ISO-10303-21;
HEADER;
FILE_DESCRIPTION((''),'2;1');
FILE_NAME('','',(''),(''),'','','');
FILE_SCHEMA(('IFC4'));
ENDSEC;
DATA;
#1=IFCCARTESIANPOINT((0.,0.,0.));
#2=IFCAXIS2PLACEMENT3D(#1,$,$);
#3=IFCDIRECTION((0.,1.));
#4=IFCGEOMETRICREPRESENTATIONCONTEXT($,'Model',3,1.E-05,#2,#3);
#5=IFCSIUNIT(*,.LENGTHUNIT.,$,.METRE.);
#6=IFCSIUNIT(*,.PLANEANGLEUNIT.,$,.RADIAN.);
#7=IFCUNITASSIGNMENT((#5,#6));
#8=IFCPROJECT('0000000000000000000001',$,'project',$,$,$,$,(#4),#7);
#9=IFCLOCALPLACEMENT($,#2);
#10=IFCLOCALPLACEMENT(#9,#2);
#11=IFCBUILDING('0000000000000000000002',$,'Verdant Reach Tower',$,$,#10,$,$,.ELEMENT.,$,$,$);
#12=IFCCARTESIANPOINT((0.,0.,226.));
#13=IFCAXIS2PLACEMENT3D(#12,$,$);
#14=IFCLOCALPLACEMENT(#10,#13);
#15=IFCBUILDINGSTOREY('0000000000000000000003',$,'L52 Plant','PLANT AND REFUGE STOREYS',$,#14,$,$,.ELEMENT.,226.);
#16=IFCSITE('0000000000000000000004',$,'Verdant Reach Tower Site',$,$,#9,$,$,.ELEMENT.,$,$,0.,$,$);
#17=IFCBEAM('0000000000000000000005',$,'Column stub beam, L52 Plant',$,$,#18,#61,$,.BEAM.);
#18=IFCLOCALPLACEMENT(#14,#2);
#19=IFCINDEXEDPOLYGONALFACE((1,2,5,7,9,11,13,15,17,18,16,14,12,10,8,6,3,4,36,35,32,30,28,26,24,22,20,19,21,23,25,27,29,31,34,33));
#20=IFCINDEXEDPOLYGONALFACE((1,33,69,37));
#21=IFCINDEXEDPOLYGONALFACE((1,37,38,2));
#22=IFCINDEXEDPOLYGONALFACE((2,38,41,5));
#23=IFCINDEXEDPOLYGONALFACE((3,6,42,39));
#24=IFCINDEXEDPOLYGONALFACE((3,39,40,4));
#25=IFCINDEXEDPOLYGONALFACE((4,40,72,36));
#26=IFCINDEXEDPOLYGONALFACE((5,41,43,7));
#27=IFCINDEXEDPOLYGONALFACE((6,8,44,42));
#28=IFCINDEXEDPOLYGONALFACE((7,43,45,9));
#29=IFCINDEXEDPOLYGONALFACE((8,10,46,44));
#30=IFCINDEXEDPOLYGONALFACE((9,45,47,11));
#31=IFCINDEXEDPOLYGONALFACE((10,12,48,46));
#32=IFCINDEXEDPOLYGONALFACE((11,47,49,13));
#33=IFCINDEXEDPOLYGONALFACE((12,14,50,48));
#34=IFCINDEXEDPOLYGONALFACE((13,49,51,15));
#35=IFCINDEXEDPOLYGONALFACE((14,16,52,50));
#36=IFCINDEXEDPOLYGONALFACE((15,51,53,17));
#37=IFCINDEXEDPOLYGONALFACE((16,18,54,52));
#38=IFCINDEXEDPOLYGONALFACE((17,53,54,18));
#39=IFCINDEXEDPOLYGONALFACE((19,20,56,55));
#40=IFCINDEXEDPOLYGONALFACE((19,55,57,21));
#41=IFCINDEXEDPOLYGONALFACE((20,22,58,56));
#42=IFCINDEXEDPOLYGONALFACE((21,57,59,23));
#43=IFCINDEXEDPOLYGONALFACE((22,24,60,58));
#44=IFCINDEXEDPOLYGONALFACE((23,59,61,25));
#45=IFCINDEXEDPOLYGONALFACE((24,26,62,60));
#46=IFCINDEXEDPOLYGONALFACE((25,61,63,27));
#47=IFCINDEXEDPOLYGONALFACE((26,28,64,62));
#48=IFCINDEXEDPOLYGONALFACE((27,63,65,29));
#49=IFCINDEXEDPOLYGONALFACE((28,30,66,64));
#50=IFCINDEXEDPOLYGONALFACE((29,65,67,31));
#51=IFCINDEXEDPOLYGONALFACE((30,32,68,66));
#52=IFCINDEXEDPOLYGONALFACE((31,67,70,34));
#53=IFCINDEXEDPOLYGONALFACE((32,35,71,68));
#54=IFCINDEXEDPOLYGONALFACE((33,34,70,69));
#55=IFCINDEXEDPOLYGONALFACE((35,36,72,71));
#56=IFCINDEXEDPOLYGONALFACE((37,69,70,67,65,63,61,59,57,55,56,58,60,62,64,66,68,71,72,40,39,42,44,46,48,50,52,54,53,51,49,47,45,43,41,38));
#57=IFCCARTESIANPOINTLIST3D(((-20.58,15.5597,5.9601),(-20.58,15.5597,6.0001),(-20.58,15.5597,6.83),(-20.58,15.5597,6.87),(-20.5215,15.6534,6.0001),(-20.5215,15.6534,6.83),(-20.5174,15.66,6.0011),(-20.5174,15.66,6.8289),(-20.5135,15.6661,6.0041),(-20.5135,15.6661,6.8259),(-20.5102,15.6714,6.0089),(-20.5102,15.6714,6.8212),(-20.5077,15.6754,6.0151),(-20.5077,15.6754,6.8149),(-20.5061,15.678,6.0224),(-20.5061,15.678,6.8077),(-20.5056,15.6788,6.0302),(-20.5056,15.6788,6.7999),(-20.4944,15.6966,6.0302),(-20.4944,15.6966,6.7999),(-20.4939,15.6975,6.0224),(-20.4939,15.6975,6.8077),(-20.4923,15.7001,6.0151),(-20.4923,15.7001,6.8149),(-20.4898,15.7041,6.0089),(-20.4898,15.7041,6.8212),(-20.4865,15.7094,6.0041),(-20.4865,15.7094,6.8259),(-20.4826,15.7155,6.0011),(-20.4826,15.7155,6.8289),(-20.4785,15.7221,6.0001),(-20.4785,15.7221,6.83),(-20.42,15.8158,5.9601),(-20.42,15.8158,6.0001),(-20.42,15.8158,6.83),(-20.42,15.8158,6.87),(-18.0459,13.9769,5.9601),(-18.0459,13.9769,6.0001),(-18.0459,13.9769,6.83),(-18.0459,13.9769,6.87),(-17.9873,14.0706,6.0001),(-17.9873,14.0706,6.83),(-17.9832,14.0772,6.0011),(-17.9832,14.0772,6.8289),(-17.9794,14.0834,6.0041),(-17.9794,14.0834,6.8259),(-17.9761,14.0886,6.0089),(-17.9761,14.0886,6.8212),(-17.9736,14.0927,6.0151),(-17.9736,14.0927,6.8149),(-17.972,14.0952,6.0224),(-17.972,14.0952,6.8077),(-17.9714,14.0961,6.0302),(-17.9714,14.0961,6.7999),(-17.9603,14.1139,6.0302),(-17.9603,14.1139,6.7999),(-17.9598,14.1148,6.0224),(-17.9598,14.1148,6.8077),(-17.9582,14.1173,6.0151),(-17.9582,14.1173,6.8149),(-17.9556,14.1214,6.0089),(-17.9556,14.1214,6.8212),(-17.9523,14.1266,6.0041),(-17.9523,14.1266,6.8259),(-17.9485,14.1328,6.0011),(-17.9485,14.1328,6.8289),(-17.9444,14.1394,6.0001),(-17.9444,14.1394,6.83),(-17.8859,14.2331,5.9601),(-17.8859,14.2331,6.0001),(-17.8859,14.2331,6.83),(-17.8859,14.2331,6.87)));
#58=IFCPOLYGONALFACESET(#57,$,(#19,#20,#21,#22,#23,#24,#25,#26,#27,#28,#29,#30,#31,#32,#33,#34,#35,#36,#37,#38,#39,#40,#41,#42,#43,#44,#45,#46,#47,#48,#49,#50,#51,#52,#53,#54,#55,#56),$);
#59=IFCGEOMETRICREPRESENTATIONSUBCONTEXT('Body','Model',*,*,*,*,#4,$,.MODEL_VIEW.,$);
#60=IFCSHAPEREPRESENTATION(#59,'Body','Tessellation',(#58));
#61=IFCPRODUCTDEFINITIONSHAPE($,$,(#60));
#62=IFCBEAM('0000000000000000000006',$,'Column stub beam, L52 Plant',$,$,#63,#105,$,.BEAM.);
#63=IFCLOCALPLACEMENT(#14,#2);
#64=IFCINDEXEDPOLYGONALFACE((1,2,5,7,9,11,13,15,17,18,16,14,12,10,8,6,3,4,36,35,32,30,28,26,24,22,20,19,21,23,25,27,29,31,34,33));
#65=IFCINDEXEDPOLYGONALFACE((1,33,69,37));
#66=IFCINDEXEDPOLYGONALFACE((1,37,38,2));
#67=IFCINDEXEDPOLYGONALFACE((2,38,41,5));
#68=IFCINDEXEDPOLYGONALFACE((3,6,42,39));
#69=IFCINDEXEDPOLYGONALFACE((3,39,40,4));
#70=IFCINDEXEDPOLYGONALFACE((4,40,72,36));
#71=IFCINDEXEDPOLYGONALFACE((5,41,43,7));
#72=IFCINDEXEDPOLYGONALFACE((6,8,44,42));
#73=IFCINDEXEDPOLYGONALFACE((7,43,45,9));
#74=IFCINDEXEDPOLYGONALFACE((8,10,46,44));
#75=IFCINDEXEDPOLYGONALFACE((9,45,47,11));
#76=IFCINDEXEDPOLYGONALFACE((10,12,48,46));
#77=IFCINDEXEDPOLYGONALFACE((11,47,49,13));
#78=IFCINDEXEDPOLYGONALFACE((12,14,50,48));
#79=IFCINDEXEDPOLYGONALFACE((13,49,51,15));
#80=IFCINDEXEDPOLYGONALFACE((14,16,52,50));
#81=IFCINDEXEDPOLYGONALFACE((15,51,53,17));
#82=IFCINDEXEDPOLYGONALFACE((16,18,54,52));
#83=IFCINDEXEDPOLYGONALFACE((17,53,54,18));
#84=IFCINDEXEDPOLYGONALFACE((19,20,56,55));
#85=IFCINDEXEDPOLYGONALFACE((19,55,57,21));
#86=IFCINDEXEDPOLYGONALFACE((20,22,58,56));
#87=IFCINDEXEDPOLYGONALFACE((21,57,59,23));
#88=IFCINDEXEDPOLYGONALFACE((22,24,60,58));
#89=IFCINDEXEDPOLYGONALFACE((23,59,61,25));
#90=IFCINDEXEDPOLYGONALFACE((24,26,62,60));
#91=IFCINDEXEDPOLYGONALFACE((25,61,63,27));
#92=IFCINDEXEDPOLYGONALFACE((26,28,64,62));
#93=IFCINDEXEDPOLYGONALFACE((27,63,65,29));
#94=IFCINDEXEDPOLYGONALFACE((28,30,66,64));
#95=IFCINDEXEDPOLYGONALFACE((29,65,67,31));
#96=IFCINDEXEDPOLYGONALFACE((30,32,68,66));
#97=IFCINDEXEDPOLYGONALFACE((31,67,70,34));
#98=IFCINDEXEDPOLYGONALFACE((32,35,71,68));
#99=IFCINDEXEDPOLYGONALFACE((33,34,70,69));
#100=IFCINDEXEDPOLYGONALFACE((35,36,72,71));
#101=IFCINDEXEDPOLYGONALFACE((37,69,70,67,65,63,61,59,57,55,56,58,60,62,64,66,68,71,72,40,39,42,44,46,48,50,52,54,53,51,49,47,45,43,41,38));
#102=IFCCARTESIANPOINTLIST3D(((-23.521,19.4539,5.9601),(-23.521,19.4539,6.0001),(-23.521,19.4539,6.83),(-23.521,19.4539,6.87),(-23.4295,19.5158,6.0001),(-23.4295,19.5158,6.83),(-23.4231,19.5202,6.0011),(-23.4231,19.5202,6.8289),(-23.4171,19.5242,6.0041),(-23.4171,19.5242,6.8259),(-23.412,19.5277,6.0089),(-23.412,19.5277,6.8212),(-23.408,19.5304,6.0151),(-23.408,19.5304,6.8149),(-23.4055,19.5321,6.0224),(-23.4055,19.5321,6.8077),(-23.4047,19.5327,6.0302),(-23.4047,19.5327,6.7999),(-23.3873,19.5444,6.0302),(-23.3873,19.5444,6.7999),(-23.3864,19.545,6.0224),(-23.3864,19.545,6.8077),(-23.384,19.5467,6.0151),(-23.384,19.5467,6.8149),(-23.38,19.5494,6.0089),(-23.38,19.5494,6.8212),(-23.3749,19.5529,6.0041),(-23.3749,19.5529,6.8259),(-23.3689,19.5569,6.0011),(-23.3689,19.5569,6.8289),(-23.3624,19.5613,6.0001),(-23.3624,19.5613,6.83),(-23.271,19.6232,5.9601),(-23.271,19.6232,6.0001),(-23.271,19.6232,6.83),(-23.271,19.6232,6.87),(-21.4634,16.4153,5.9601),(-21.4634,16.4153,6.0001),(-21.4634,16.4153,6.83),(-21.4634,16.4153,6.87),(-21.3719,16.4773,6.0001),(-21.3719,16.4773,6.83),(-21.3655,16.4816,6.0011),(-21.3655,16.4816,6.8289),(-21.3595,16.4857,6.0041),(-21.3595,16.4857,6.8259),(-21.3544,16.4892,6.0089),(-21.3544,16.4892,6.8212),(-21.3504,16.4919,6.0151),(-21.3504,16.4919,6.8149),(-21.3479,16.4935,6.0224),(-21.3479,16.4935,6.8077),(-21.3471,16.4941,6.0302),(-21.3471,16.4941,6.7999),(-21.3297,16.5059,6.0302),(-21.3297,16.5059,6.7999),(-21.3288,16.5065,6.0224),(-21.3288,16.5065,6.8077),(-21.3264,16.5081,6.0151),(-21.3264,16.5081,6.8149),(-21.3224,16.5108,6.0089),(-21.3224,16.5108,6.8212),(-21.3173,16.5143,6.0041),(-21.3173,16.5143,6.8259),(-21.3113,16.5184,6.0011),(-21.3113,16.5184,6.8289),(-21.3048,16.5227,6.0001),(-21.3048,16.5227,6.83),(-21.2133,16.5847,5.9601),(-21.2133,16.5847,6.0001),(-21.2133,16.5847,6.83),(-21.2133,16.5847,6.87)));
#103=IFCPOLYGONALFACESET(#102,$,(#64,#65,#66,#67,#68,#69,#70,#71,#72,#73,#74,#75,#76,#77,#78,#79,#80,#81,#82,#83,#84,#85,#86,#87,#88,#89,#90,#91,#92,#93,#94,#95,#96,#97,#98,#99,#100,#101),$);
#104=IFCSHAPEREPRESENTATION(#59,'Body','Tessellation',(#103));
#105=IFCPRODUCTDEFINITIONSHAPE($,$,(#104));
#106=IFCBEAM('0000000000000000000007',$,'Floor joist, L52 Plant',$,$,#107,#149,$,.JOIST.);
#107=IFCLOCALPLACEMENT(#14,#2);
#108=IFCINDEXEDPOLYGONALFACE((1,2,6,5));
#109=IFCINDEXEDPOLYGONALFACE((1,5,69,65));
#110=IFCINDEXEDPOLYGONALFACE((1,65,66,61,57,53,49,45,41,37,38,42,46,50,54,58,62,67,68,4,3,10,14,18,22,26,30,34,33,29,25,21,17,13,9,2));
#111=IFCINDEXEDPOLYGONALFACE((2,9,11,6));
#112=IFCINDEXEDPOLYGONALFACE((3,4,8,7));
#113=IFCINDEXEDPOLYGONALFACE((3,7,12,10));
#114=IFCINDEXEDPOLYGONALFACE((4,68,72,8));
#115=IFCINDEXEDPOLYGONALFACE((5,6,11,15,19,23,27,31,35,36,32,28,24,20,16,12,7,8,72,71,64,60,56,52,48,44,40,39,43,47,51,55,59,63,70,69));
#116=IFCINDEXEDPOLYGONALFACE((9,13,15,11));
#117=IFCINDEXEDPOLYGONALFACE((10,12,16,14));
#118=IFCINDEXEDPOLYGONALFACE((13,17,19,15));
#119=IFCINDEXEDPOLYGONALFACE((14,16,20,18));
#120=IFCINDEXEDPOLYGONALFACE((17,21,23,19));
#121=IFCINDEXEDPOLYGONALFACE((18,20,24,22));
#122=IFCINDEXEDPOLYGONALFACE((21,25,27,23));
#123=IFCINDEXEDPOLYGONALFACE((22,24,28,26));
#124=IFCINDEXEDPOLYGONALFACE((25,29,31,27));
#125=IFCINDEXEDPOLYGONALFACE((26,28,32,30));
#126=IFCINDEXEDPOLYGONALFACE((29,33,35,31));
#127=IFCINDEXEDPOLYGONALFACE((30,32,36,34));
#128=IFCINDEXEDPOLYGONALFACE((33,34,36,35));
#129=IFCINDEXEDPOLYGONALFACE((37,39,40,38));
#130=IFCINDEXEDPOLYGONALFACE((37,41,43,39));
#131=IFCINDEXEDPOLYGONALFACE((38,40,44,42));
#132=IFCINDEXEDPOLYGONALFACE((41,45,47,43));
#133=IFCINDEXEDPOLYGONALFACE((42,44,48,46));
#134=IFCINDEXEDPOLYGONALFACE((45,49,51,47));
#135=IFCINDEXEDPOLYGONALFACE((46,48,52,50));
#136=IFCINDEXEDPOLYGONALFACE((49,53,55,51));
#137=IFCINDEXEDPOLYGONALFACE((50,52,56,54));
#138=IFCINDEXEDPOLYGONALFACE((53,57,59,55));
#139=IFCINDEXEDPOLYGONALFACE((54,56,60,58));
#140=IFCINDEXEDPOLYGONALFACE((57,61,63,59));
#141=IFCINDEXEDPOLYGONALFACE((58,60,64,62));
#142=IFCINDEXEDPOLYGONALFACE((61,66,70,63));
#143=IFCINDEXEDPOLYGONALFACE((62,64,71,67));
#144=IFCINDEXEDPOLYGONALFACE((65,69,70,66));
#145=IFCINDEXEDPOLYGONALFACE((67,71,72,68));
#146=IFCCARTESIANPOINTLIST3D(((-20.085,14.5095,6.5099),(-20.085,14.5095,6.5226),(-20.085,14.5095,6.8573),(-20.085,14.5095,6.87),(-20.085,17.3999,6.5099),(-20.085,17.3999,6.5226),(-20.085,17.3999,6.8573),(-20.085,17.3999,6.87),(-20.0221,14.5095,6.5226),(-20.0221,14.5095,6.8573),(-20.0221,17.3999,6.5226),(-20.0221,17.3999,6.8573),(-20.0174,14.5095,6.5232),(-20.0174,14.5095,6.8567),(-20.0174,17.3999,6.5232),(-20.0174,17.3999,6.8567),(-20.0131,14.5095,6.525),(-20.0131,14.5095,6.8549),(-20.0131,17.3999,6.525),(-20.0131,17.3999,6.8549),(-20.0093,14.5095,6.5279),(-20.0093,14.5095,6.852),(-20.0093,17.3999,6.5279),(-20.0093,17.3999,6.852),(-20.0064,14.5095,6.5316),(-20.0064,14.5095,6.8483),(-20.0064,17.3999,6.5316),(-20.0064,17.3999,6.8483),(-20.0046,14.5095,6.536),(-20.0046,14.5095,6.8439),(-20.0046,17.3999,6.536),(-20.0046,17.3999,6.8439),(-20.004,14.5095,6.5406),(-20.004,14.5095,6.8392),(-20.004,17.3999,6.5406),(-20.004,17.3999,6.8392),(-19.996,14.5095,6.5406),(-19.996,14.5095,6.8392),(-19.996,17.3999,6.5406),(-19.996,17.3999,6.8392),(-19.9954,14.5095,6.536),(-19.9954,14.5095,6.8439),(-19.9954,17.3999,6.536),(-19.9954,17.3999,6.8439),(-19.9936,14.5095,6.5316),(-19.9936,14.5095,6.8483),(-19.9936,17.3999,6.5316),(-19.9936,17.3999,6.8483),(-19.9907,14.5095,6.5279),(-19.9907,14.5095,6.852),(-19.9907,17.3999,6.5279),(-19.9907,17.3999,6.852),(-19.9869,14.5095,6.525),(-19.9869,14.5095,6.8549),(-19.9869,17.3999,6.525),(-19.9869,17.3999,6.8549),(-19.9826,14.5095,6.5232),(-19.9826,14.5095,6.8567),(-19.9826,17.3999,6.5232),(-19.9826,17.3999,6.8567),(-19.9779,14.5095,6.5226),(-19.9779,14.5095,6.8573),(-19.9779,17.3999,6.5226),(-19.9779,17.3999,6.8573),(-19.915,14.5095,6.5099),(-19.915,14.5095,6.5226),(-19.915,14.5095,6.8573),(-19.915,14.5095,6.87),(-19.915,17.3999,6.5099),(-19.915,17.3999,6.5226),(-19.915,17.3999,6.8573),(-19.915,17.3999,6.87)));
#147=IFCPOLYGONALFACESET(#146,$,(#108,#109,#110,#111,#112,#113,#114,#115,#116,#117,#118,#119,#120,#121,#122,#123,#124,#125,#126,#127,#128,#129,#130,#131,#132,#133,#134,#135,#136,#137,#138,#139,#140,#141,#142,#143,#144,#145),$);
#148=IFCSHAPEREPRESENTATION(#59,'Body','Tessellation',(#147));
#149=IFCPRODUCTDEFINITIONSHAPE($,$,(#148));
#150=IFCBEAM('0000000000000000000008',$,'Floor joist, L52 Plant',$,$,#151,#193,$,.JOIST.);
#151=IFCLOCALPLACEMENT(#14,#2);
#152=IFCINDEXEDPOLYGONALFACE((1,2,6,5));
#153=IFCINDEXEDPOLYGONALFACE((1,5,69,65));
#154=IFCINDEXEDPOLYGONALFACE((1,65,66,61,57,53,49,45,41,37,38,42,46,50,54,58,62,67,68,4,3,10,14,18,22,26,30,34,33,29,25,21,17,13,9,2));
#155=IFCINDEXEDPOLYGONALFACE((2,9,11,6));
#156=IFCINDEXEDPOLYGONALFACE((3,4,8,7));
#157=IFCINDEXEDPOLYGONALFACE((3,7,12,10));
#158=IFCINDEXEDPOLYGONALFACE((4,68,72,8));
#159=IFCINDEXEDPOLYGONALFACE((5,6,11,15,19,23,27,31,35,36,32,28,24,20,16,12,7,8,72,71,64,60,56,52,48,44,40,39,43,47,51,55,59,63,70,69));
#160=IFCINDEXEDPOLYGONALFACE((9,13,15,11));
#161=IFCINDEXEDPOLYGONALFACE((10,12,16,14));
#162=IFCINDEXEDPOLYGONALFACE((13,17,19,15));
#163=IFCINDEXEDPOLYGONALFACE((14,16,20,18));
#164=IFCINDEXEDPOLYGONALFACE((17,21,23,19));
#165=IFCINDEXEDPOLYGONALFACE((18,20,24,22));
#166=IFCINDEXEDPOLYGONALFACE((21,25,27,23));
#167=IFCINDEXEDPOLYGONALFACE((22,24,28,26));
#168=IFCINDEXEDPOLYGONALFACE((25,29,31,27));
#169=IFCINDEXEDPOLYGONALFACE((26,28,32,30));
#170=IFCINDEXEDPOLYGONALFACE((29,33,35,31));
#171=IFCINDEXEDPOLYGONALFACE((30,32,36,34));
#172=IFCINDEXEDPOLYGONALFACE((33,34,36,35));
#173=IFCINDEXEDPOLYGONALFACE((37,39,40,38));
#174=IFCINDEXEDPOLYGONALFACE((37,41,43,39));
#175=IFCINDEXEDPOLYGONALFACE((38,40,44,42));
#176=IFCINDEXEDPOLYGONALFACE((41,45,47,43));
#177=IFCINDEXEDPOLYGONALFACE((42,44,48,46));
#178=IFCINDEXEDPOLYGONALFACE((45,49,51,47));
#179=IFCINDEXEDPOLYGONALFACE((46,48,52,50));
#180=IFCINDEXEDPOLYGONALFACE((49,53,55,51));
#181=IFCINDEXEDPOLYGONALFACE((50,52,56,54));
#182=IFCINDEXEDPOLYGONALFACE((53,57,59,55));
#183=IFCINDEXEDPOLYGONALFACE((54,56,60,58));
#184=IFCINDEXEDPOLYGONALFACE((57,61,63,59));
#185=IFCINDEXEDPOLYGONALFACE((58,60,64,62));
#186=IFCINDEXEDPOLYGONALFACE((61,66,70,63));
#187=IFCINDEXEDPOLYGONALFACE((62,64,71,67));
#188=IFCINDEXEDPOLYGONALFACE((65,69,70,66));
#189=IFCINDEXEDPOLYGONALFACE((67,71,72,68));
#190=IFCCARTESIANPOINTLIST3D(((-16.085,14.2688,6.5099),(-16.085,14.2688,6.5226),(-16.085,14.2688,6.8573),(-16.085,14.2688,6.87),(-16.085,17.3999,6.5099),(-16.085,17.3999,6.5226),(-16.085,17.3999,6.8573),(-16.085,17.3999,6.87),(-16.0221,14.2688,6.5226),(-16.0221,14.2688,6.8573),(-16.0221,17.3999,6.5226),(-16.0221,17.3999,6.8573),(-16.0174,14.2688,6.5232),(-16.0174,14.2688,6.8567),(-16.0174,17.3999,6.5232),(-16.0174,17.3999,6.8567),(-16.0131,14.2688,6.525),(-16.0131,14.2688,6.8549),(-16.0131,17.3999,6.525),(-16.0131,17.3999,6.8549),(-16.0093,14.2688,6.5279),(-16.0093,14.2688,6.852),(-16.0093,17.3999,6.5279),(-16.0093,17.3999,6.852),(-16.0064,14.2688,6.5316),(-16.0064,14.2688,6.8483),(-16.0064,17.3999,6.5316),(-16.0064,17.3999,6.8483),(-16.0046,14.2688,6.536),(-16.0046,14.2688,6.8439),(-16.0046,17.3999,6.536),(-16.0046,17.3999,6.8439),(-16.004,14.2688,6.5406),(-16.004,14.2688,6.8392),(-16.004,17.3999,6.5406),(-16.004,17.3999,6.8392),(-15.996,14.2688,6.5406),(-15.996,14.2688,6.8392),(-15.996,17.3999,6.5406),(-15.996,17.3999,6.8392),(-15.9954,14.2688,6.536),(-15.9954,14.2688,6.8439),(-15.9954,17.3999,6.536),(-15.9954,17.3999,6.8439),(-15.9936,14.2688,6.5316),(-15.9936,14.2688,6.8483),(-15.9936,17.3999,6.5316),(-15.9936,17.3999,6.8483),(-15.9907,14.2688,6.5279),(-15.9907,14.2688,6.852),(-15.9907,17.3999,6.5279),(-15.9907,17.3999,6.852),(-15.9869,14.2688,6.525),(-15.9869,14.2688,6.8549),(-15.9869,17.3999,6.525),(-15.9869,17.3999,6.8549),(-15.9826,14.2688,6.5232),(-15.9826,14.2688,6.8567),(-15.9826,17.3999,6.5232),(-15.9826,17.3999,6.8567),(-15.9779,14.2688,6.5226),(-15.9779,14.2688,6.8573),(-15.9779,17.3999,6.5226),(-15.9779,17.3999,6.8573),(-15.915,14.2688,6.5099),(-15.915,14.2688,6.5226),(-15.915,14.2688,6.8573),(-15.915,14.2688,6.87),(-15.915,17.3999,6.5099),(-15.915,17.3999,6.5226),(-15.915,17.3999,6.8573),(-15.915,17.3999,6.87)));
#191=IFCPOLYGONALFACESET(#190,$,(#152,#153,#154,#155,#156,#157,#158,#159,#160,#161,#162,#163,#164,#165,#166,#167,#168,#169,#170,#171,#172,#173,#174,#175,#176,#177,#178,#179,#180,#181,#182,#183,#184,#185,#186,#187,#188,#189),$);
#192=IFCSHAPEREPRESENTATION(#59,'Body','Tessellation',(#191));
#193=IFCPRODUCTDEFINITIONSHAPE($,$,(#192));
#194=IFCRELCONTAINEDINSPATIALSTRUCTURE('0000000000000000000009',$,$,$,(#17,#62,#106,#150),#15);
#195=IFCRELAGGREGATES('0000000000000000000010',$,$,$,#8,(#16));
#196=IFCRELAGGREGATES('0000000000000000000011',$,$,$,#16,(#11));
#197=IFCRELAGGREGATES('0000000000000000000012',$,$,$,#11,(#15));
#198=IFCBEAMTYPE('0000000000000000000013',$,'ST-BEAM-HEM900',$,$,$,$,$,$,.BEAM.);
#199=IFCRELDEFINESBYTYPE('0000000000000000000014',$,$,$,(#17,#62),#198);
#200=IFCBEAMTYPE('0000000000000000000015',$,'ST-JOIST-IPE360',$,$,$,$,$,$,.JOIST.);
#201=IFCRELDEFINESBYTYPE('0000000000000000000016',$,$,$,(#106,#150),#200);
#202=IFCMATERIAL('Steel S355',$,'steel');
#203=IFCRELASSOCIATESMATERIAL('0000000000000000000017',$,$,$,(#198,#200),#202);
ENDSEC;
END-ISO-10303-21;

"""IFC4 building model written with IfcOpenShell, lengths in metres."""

from ifc_helpers import new_model, si_unit, direction, frame, origin, origin_2d, place, context, subcontext, project, spatial, i_section, extrude, material, material_profile, profile_set, type_object, element, save


model = new_model("IFC4")

# Units and contexts
model_context = context("Model", 3, precision=1e-05, world=origin(), true_north=direction((0.0, 1.0)))
body_context = subcontext(model_context, "Body", "Model", "MODEL_VIEW")
ifc_project = project(units=[si_unit("LENGTHUNIT", "METRE"), si_unit("PLANEANGLEUNIT", "RADIAN")], contexts=[model_context])

# Site, building, storey
site_placement = place(None, origin())
site = spatial("IfcSite", under=ifc_project, at=site_placement, Name="Verdant Reach Tower Site", CompositionType="ELEMENT", RefElevation=0.0)
building_placement = place(site_placement, origin())
building = spatial("IfcBuilding", under=site, at=building_placement, Name="Verdant Reach Tower", CompositionType="ELEMENT")
storey_placement = place(building_placement, frame((0.0, 0.0, 226.0)))
storey = spatial("IfcBuildingStorey", under=building, at=storey_placement, Name="L52 Plant", Description="PLANT AND REFUGE STOREYS", CompositionType="ELEMENT", Elevation=226.0)

# Beams
ifc_material_1 = material(Name="Steel S355", Category="steel")
ifc_material_profile_1 = material_profile(ifc_material_1, i_section(OverallWidth=0.302, OverallDepth=0.9099, WebThickness=0.021, FlangeThickness=0.04, FilletRadius=0.03, at=origin_2d()), Name="HEM 900")
ifc_profile_set_1 = profile_set([ifc_material_profile_1], Name="Steel S355")
beam_type_1 = type_object("IfcBeamType", Name="ST-BEAM-HEM900", PredefinedType="BEAM", material=ifc_profile_set_1)
beam_1_placement = place(storey_placement, frame((-20.5, 15.6877, 6.415), z_axis=(0.848164, -0.529735, 0.0), x_axis=(0.529735, 0.848164, 0.0)))
element("IfcBeam", 1, at=beam_1_placement, inside=storey, type_object=beam_type_1, Name="Column stub beam, L52 Plant", PredefinedType="BEAM", context=body_context, shape_type="SweptSolid", body=[
    extrude(i_section(OverallWidth=0.302, OverallDepth=0.9099, WebThickness=0.021, FlangeThickness=0.04, FilletRadius=0.03, at=origin_2d()), origin(), (0.0, 0.0, 1.0), 2.9878),
])
beam_2_placement = place(storey_placement, frame((-21.3384, 16.5, 6.415), z_axis=(-0.560704, 0.828016, 0.0), x_axis=(-0.828016, -0.560704, 0.0)))
element("IfcBeam", 2, at=beam_2_placement, inside=storey, type_object=beam_type_1, Name="Column stub beam, L52 Plant", PredefinedType="BEAM", context=body_context, shape_type="SweptSolid", body=[
    extrude(i_section(OverallWidth=0.302, OverallDepth=0.9099, WebThickness=0.021, FlangeThickness=0.04, FilletRadius=0.03, at=origin_2d()), origin(), (0.0, 0.0, 1.0), 3.6697),
])
ifc_material_profile_2 = material_profile(ifc_material_1, i_section(OverallWidth=0.1699, OverallDepth=0.3601, WebThickness=0.0081, FlangeThickness=0.0127, FilletRadius=0.0181, at=origin_2d()), Name="IPE 360")
ifc_profile_set_2 = profile_set([ifc_material_profile_2], Name="Steel S355")
beam_type_2 = type_object("IfcBeamType", Name="ST-JOIST-IPE360", PredefinedType="JOIST", material=ifc_profile_set_2)
beam_3_placement = place(storey_placement, frame((-20.0, 17.3999, 6.6899), z_axis=(0.0, -1.0, 0.0), x_axis=(1.0, 0.0, 0.0)))
element("IfcBeam", 3, at=beam_3_placement, inside=storey, type_object=beam_type_2, Name="Floor joist, L52 Plant", PredefinedType="JOIST", context=body_context, shape_type="SweptSolid", body=[
    extrude(i_section(OverallWidth=0.1699, OverallDepth=0.3601, WebThickness=0.0081, FlangeThickness=0.0127, FilletRadius=0.0181, at=origin_2d()), origin(), (0.0, 0.0, 1.0), 2.8904),
])
beam_4_placement = place(storey_placement, frame((-16.0, 17.3999, 6.6899), z_axis=(0.0, -1.0, 0.0), x_axis=(1.0, 0.0, 0.0)))
element("IfcBeam", 4, at=beam_4_placement, inside=storey, type_object=beam_type_2, Name="Floor joist, L52 Plant", PredefinedType="JOIST", context=body_context, shape_type="SweptSolid", body=[
    extrude(i_section(OverallWidth=0.1699, OverallDepth=0.3601, WebThickness=0.0081, FlangeThickness=0.0127, FilletRadius=0.0181, at=origin_2d()), origin(), (0.0, 0.0, 1.0), 3.1311),
])

save(model, "model.ifc")
